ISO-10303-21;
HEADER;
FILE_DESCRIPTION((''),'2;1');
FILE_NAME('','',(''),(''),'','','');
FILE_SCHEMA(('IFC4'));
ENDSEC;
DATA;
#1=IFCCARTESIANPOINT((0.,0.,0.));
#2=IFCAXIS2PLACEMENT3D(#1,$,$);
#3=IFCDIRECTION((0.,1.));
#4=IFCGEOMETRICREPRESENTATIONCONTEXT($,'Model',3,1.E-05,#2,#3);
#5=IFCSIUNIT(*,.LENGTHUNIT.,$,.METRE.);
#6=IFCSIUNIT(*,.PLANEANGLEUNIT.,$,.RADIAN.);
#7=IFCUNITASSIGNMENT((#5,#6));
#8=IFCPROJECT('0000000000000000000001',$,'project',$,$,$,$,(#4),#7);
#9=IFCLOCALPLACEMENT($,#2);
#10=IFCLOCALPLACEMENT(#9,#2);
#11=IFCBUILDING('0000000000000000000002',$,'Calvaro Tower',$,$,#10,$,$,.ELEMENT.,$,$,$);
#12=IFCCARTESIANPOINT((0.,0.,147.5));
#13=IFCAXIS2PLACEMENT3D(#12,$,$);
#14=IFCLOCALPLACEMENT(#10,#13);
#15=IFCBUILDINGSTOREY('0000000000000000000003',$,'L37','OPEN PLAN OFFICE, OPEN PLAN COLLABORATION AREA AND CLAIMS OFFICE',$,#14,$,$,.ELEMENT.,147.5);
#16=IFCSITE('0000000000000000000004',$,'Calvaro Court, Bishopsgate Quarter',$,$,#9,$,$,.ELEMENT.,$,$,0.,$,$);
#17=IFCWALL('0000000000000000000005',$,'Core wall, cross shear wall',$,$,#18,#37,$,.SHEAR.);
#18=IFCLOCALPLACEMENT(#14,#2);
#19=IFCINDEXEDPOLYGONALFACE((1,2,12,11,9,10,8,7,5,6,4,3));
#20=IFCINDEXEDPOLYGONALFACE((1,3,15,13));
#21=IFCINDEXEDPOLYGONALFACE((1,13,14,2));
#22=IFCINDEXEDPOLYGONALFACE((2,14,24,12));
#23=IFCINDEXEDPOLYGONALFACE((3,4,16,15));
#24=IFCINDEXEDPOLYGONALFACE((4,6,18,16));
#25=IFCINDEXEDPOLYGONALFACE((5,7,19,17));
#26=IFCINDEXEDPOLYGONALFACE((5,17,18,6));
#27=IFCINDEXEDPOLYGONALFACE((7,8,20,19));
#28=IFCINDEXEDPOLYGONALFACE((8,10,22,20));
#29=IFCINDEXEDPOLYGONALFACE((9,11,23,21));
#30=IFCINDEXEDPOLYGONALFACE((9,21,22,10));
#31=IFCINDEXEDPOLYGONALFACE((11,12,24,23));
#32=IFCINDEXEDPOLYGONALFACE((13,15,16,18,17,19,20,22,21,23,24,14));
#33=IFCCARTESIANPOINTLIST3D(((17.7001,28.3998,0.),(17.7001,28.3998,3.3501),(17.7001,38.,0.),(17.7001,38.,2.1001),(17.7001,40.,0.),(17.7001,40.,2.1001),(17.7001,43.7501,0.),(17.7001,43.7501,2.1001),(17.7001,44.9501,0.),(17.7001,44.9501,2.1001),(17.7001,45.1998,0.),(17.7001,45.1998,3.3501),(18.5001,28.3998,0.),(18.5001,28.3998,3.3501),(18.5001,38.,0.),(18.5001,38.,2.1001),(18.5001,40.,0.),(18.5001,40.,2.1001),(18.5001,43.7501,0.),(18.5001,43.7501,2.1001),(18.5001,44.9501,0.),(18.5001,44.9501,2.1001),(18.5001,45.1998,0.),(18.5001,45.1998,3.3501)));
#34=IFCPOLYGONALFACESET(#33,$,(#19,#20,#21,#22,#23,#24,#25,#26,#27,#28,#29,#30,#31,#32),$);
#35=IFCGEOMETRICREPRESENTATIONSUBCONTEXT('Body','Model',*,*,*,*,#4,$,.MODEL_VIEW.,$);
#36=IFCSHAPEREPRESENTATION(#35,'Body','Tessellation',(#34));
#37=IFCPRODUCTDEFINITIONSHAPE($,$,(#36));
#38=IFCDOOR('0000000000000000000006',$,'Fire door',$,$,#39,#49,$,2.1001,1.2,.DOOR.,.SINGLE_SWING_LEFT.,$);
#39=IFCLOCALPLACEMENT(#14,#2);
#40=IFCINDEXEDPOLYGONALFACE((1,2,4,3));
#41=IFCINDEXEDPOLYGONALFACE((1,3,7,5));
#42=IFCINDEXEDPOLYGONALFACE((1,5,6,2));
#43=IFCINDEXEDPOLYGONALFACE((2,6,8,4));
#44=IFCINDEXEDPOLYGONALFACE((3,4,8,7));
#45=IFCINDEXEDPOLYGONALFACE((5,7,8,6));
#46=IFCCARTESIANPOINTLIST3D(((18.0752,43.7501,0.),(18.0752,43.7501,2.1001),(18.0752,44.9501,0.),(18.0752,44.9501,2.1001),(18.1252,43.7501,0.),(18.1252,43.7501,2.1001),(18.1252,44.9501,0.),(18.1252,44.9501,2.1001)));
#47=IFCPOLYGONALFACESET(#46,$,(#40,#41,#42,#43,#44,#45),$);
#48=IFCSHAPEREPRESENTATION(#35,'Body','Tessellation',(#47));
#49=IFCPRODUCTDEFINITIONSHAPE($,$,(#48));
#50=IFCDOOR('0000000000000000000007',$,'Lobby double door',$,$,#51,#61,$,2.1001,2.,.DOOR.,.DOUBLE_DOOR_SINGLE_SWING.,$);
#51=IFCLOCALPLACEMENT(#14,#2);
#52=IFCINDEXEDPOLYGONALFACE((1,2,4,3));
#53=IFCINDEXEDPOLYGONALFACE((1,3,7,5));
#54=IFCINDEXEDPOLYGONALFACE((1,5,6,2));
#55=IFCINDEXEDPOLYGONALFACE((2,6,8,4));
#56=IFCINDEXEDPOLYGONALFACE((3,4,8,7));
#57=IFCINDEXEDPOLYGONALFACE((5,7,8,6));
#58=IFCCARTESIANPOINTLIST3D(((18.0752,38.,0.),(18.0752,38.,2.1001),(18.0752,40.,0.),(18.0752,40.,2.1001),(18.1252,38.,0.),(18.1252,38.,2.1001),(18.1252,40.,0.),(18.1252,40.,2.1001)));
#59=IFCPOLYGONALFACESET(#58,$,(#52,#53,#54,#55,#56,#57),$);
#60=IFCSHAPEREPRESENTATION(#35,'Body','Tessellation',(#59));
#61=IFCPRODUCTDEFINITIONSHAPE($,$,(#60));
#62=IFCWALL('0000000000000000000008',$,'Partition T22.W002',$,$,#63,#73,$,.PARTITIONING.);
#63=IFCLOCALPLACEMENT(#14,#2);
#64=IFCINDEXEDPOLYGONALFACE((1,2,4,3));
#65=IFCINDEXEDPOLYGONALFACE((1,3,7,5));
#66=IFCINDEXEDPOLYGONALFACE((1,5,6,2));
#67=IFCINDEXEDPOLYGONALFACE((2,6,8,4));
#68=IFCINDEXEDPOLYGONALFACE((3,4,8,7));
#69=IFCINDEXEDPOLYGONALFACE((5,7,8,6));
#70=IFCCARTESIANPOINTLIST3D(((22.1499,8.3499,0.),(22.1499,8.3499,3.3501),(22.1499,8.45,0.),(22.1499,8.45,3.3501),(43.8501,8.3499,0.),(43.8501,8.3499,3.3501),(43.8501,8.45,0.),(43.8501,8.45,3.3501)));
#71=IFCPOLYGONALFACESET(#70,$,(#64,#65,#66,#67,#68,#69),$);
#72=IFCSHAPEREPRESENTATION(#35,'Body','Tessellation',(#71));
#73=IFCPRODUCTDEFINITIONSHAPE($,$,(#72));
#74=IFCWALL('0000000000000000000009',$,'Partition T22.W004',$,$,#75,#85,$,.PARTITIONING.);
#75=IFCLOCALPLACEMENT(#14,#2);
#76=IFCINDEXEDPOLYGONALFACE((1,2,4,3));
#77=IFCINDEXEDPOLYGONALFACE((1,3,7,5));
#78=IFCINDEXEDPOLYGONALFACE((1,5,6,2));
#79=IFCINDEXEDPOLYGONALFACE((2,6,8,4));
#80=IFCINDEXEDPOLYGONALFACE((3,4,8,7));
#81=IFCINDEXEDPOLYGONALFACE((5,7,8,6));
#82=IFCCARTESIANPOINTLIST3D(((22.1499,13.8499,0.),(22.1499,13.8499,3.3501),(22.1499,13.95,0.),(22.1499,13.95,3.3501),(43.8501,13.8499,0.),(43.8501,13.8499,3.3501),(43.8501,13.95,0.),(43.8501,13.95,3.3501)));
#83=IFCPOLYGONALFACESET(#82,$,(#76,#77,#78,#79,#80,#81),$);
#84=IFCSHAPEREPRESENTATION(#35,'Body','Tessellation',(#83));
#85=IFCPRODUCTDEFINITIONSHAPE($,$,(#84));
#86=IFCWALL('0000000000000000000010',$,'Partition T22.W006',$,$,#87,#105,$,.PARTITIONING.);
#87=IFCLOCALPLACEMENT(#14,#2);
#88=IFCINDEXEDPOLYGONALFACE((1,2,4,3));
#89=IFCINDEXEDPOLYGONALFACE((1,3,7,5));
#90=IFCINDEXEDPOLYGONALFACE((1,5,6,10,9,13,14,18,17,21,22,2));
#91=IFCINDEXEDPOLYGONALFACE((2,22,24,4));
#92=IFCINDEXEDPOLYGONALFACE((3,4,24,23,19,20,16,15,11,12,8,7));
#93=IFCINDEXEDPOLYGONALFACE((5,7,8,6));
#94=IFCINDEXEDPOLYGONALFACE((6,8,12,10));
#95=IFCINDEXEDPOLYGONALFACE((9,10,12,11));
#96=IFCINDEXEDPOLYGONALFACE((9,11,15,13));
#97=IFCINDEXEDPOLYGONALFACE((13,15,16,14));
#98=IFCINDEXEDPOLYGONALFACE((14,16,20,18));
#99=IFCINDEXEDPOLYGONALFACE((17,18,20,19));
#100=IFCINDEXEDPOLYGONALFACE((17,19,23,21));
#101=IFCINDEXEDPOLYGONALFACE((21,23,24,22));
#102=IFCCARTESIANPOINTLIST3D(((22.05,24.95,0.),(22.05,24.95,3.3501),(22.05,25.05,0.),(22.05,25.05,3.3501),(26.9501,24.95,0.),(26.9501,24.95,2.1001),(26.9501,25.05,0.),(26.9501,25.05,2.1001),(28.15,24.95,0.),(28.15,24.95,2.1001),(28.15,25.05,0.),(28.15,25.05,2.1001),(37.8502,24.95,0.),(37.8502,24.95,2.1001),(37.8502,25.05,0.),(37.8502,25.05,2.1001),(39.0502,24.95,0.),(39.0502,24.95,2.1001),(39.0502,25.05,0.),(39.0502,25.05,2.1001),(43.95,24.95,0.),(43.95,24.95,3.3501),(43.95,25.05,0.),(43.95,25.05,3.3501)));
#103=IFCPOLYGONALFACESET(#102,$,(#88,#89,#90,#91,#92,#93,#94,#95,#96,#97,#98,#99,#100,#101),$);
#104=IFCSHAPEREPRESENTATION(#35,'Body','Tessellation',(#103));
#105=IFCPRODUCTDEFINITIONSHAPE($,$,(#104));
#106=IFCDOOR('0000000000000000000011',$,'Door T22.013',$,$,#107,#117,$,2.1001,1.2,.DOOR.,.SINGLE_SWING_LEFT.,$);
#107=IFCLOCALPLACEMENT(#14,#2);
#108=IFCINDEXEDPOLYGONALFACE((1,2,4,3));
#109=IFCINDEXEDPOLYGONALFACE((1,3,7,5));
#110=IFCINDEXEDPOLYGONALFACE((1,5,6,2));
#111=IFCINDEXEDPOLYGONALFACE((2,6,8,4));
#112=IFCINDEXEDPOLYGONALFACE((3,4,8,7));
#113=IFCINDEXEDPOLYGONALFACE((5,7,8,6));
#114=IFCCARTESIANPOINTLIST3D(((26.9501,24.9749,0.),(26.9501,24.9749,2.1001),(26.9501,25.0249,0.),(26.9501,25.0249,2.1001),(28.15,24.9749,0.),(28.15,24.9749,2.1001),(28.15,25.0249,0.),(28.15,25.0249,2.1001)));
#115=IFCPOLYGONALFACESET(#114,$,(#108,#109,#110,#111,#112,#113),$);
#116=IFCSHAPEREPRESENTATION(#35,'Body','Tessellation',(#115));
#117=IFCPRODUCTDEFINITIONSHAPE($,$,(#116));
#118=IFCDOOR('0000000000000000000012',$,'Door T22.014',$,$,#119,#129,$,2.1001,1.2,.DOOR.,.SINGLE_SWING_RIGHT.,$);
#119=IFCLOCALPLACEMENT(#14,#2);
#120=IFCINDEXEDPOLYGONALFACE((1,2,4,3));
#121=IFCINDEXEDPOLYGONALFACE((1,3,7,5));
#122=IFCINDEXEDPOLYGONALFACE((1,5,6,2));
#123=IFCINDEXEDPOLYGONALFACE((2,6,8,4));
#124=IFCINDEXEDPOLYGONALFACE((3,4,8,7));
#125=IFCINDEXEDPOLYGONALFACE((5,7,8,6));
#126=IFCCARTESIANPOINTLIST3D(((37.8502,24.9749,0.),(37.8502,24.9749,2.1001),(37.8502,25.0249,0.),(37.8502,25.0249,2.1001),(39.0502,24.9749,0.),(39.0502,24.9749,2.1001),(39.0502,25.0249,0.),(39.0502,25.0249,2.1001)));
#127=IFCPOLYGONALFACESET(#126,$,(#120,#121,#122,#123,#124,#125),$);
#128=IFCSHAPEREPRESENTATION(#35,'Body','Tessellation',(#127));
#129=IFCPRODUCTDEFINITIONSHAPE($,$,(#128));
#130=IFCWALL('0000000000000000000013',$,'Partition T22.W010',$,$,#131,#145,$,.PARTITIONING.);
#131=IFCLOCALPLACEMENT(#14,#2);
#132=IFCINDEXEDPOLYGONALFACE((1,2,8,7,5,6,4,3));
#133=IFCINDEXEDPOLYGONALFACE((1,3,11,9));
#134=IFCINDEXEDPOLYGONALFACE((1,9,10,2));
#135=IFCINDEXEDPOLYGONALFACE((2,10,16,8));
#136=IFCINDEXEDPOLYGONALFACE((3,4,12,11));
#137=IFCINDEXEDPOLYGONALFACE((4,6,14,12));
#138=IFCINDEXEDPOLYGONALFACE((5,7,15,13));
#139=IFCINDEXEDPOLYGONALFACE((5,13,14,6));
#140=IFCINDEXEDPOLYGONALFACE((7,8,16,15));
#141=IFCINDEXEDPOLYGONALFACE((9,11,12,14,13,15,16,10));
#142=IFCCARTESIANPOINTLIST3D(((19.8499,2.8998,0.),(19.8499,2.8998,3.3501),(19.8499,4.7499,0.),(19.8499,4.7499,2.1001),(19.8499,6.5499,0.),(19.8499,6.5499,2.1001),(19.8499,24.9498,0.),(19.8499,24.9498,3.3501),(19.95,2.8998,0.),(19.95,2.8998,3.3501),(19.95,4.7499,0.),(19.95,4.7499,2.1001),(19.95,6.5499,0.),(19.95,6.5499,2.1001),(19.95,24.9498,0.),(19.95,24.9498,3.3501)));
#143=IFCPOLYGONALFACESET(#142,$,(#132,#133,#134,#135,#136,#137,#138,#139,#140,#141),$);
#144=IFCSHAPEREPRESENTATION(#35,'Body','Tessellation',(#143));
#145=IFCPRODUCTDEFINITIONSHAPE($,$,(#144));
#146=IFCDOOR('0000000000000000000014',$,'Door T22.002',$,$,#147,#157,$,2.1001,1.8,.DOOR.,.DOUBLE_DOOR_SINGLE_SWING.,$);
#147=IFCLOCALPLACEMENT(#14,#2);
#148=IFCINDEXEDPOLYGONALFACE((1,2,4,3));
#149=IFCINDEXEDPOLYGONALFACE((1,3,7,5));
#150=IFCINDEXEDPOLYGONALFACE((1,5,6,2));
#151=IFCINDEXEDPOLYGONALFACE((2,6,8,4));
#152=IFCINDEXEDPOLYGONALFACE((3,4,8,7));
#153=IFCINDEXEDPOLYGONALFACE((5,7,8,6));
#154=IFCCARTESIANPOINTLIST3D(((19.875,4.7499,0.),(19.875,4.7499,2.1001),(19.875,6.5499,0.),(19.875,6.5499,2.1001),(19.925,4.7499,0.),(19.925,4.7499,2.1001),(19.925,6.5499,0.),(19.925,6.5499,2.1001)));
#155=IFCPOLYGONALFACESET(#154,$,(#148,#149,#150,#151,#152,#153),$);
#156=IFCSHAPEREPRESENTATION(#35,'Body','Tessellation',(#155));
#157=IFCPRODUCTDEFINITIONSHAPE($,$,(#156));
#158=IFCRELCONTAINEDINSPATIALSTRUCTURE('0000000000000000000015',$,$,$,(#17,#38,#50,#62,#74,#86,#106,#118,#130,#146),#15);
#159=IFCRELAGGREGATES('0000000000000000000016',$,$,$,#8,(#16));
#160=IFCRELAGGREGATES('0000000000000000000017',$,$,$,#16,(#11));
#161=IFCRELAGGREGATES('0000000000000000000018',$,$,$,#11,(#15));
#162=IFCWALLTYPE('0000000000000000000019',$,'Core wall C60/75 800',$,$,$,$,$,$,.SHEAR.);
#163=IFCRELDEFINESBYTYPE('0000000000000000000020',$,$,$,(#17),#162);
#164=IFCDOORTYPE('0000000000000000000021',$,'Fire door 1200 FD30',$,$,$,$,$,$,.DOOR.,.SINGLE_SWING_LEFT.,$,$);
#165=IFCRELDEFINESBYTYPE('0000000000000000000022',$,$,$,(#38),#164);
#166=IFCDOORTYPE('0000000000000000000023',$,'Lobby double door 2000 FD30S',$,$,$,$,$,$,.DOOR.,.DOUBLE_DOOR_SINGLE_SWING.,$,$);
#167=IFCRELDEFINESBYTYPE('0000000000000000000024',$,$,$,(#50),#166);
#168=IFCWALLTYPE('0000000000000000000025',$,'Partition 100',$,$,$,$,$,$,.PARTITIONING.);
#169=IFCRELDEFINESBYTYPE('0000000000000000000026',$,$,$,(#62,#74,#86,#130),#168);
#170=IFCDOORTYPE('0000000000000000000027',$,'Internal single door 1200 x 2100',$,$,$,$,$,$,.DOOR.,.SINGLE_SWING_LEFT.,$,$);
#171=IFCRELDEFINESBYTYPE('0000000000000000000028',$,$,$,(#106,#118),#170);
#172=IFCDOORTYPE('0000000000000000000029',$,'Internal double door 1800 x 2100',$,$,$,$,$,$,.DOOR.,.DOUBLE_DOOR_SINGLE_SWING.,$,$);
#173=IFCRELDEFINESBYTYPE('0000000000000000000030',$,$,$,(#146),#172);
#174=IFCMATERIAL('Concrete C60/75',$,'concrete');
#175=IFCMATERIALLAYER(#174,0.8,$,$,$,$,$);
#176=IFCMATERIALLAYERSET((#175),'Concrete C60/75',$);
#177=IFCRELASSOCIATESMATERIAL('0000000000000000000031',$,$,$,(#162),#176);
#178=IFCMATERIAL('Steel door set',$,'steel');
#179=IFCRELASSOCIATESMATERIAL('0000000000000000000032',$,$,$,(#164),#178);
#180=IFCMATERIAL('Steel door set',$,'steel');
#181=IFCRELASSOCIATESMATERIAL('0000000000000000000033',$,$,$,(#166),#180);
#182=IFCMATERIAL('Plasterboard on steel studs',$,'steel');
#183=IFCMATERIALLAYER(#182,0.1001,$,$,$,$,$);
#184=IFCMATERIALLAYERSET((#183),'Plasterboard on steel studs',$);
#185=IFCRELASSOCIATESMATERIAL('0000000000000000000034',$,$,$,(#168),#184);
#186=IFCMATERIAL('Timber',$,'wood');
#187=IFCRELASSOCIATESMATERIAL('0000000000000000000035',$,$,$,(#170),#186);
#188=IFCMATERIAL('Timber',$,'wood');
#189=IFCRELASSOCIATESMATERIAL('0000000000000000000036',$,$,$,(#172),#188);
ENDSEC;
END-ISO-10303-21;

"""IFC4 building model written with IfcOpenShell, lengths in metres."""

from ifc_helpers import new_model, si_unit, direction, frame, frame_2d, origin, place, context, subcontext, project, spatial, rectangle, extrude, material, layer, layer_set, type_object, element, fill, save


model = new_model("IFC4")

# Units and contexts
model_context = context("Model", 3, precision=1e-05, world=origin(), true_north=direction((0.0, 1.0)))
body_context = subcontext(model_context, "Body", "Model", "MODEL_VIEW")
ifc_project = project(units=[si_unit("LENGTHUNIT", "METRE"), si_unit("PLANEANGLEUNIT", "RADIAN")], contexts=[model_context])

# Site, building, storey
site_placement = place(None, origin())
site = spatial("IfcSite", under=ifc_project, at=site_placement, Name="Calvaro Court, Bishopsgate Quarter", CompositionType="ELEMENT", RefElevation=0.0)
building_placement = place(site_placement, origin())
building = spatial("IfcBuilding", under=site, at=building_placement, Name="Calvaro Tower", CompositionType="ELEMENT")
storey_placement = place(building_placement, frame((0.0, 0.0, 147.5)))
storey = spatial("IfcBuildingStorey", under=building, at=storey_placement, Name="L37", Description="OPEN PLAN OFFICE, OPEN PLAN COLLABORATION AREA AND CLAIMS OFFICE", CompositionType="ELEMENT", Elevation=147.5)

# Wall, openings, doors
ifc_material_1 = material(Name="Concrete C60/75", Category="concrete")
ifc_layer_1 = layer(ifc_material_1, 0.8)
ifc_layer_set_1 = layer_set([ifc_layer_1], Name="Concrete C60/75")
wall_type_1 = type_object("IfcWallType", Name="Core wall C60/75 800", PredefinedType="SHEAR", material=ifc_layer_set_1)
wall_1_placement = place(storey_placement, frame((18.1001, 28.3999, 0.0), z_axis=(0.0, 0.0, 1.0), x_axis=(0.0, 1.0, 0.0)))
wall_1 = element("IfcWall", 1, at=wall_1_placement, inside=storey, type_object=wall_type_1, Name="Core wall, cross shear wall", PredefinedType="SHEAR", context=body_context, shape_type="SweptSolid", body=[
    extrude(rectangle(XDim=16.8, YDim=0.8, at=frame_2d((8.3999, 0.0))), origin(), (0.0, 0.0, 1.0), 3.3501),
])
opening_1_placement = place(wall_1_placement, frame((9.6001, 0.0, 0.0)))
opening_1 = element("IfcOpeningElement", 2, at=opening_1_placement, cuts=wall_1, PredefinedType="OPENING", context=body_context, shape_type="SweptSolid", body=[
    extrude(rectangle(XDim=2.0, YDim=2.1001, at=frame_2d((1.0, 1.05))), frame((0.0, 0.4099, 0.0), z_axis=(0.0, -1.0, 0.0), x_axis=(1.0, 0.0, 0.0)), (0.0, 0.0, 1.0), 0.8201),
])
opening_2_placement = place(wall_1_placement, frame((15.3501, 0.0, 0.0)))
opening_2 = element("IfcOpeningElement", 3, at=opening_2_placement, cuts=wall_1, PredefinedType="OPENING", context=body_context, shape_type="SweptSolid", body=[
    extrude(rectangle(XDim=1.2, YDim=2.1001, at=frame_2d((0.6001, 1.05))), frame((0.0, 0.4099, 0.0), z_axis=(0.0, -1.0, 0.0), x_axis=(1.0, 0.0, 0.0)), (0.0, 0.0, 1.0), 0.8201),
])
ifc_material_2 = material(Name="Steel door set", Category="steel")
door_type_1 = type_object("IfcDoorType", Name="Fire door 1200 FD30", OperationType="SINGLE_SWING_LEFT", PredefinedType="DOOR", material=ifc_material_2)
door_1_placement = place(opening_2_placement, origin())
door_1 = element("IfcDoor", 4, at=door_1_placement, inside=storey, type_object=door_type_1, Name="Fire door", OperationType="SINGLE_SWING_LEFT", OverallHeight=2.1001, OverallWidth=1.2, PredefinedType="DOOR", context=body_context, shape_type="SweptSolid", body=[
    extrude(rectangle(XDim=1.2, YDim=2.1001, at=frame_2d((0.6001, 1.05))), frame((0.0, 0.0249, 0.0), z_axis=(0.0, -1.0, 0.0), x_axis=(1.0, 0.0, 0.0)), (0.0, 0.0, 1.0), 0.05),
])
fill(opening_2, door_1)
ifc_material_3 = material(Name="Steel door set", Category="steel")
door_type_2 = type_object("IfcDoorType", Name="Lobby double door 2000 FD30S", OperationType="DOUBLE_DOOR_SINGLE_SWING", PredefinedType="DOOR", material=ifc_material_3)
door_2_placement = place(opening_1_placement, origin())
door_2 = element("IfcDoor", 5, at=door_2_placement, inside=storey, type_object=door_type_2, Name="Lobby double door", OperationType="DOUBLE_DOOR_SINGLE_SWING", OverallHeight=2.1001, OverallWidth=2.0, PredefinedType="DOOR", context=body_context, shape_type="SweptSolid", body=[
    extrude(rectangle(XDim=2.0, YDim=2.1001, at=frame_2d((1.0, 1.05))), frame((0.0, 0.0249, 0.0), z_axis=(0.0, -1.0, 0.0), x_axis=(1.0, 0.0, 0.0)), (0.0, 0.0, 1.0), 0.05),
])
fill(opening_1, door_2)

# Walls
ifc_material_4 = material(Name="Plasterboard on steel studs", Category="steel")
ifc_layer_2 = layer(ifc_material_4, 0.1001)
ifc_layer_set_2 = layer_set([ifc_layer_2], Name="Plasterboard on steel studs")
wall_type_2 = type_object("IfcWallType", Name="Partition 100", PredefinedType="PARTITIONING", material=ifc_layer_set_2)
for number, where, z_axis, x_axis, name in (
    (6, (22.1499, 8.3999, 0.0), (0.0, 0.0, 1.0), (1.0, 0.0, 0.0), "Partition T22.W002"),
    (7, (22.1499, 13.8999, 0.0), (0.0, 0.0, 1.0), (1.0, 0.0, 0.0), "Partition T22.W004"),
):
    element("IfcWall", number, at=place(storey_placement, frame(where, z_axis=z_axis, x_axis=x_axis)), inside=storey, type_object=wall_type_2, Name=name, PredefinedType="PARTITIONING", context=body_context, shape_type="SweptSolid", body=[
        extrude(rectangle(XDim=21.7002, YDim=0.1001, at=frame_2d((10.8501, 0.0))), origin(), (0.0, 0.0, 1.0), 3.3501),
    ])

# Wall, openings, doors
wall_2_placement = place(storey_placement, frame((22.05, 25.0, 0.0), z_axis=(0.0, 0.0, 1.0), x_axis=(1.0, 0.0, 0.0)))
wall_2 = element("IfcWall", 8, at=wall_2_placement, inside=storey, type_object=wall_type_2, Name="Partition T22.W006", PredefinedType="PARTITIONING", context=body_context, shape_type="SweptSolid", body=[
    extrude(rectangle(XDim=21.8999, YDim=0.1001, at=frame_2d((10.95, 0.0))), origin(), (0.0, 0.0, 1.0), 3.3501),
])
opening_3_placement = place(wall_2_placement, frame((4.8999, 0.0, 0.0)))
opening_3 = element("IfcOpeningElement", 9, at=opening_3_placement, cuts=wall_2, PredefinedType="OPENING", context=body_context, shape_type="SweptSolid", body=[
    extrude(rectangle(XDim=1.2, YDim=2.1001, at=frame_2d((0.6001, 1.05))), frame((0.0, 0.0601, 0.0), z_axis=(0.0, -1.0, 0.0), x_axis=(1.0, 0.0, 0.0)), (0.0, 0.0, 1.0), 0.1201),
])
opening_4_placement = place(wall_2_placement, frame((15.8, 0.0, 0.0)))
opening_4 = element("IfcOpeningElement", 10, at=opening_4_placement, cuts=wall_2, PredefinedType="OPENING", context=body_context, shape_type="SweptSolid", body=[
    extrude(rectangle(XDim=1.2, YDim=2.1001, at=frame_2d((0.6001, 1.05))), frame((0.0, 0.0601, 0.0), z_axis=(0.0, -1.0, 0.0), x_axis=(1.0, 0.0, 0.0)), (0.0, 0.0, 1.0), 0.1201),
])
ifc_material_5 = material(Name="Timber", Category="wood")
door_type_3 = type_object("IfcDoorType", Name="Internal single door 1200 x 2100", OperationType="SINGLE_SWING_LEFT", PredefinedType="DOOR", material=ifc_material_5)
door_3_placement = place(opening_3_placement, origin())
door_3 = element("IfcDoor", 11, at=door_3_placement, inside=storey, type_object=door_type_3, Name="Door T22.013", OperationType="SINGLE_SWING_LEFT", OverallHeight=2.1001, OverallWidth=1.2, PredefinedType="DOOR", context=body_context, shape_type="SweptSolid", body=[
    extrude(rectangle(XDim=1.2, YDim=2.1001, at=frame_2d((0.6001, 1.05))), frame((0.0, 0.0249, 0.0), z_axis=(0.0, -1.0, 0.0), x_axis=(1.0, 0.0, 0.0)), (0.0, 0.0, 1.0), 0.05),
])
fill(opening_3, door_3)
door_4_placement = place(opening_4_placement, origin())
door_4 = element("IfcDoor", 12, at=door_4_placement, inside=storey, type_object=door_type_3, Name="Door T22.014", OperationType="SINGLE_SWING_RIGHT", OverallHeight=2.1001, OverallWidth=1.2, PredefinedType="DOOR", context=body_context, shape_type="SweptSolid", body=[
    extrude(rectangle(XDim=1.2, YDim=2.1001, at=frame_2d((0.6001, 1.05))), frame((0.0, 0.0249, 0.0), z_axis=(0.0, -1.0, 0.0), x_axis=(1.0, 0.0, 0.0)), (0.0, 0.0, 1.0), 0.05),
])
fill(opening_4, door_4)

# Wall, opening, door
wall_3_placement = place(storey_placement, frame((19.8999, 2.8999, 0.0), z_axis=(0.0, 0.0, 1.0), x_axis=(0.0, 1.0, 0.0)))
wall_3 = element("IfcWall", 13, at=wall_3_placement, inside=storey, type_object=wall_type_2, Name="Partition T22.W010", PredefinedType="PARTITIONING", context=body_context, shape_type="SweptSolid", body=[
    extrude(rectangle(XDim=22.05, YDim=0.1001, at=frame_2d((11.0249, 0.0))), origin(), (0.0, 0.0, 1.0), 3.3501),
])
opening_5_placement = place(wall_3_placement, frame((1.8501, 0.0, 0.0)))
opening_5 = element("IfcOpeningElement", 14, at=opening_5_placement, cuts=wall_3, PredefinedType="OPENING", context=body_context, shape_type="SweptSolid", body=[
    extrude(rectangle(XDim=1.8, YDim=2.1001, at=frame_2d((0.8999, 1.05))), frame((0.0, 0.0601, 0.0), z_axis=(0.0, -1.0, 0.0), x_axis=(1.0, 0.0, 0.0)), (0.0, 0.0, 1.0), 0.1201),
])
ifc_material_6 = material(Name="Timber", Category="wood")
door_type_4 = type_object("IfcDoorType", Name="Internal double door 1800 x 2100", OperationType="DOUBLE_DOOR_SINGLE_SWING", PredefinedType="DOOR", material=ifc_material_6)
door_5_placement = place(opening_5_placement, origin())
door_5 = element("IfcDoor", 15, at=door_5_placement, inside=storey, type_object=door_type_4, Name="Door T22.002", OperationType="DOUBLE_DOOR_SINGLE_SWING", OverallHeight=2.1001, OverallWidth=1.8, PredefinedType="DOOR", context=body_context, shape_type="SweptSolid", body=[
    extrude(rectangle(XDim=1.8, YDim=2.1001, at=frame_2d((0.8999, 1.05))), frame((0.0, 0.0249, 0.0), z_axis=(0.0, -1.0, 0.0), x_axis=(1.0, 0.0, 0.0)), (0.0, 0.0, 1.0), 0.05),
])
fill(opening_5, door_5)

save(model, "model.ifc")
